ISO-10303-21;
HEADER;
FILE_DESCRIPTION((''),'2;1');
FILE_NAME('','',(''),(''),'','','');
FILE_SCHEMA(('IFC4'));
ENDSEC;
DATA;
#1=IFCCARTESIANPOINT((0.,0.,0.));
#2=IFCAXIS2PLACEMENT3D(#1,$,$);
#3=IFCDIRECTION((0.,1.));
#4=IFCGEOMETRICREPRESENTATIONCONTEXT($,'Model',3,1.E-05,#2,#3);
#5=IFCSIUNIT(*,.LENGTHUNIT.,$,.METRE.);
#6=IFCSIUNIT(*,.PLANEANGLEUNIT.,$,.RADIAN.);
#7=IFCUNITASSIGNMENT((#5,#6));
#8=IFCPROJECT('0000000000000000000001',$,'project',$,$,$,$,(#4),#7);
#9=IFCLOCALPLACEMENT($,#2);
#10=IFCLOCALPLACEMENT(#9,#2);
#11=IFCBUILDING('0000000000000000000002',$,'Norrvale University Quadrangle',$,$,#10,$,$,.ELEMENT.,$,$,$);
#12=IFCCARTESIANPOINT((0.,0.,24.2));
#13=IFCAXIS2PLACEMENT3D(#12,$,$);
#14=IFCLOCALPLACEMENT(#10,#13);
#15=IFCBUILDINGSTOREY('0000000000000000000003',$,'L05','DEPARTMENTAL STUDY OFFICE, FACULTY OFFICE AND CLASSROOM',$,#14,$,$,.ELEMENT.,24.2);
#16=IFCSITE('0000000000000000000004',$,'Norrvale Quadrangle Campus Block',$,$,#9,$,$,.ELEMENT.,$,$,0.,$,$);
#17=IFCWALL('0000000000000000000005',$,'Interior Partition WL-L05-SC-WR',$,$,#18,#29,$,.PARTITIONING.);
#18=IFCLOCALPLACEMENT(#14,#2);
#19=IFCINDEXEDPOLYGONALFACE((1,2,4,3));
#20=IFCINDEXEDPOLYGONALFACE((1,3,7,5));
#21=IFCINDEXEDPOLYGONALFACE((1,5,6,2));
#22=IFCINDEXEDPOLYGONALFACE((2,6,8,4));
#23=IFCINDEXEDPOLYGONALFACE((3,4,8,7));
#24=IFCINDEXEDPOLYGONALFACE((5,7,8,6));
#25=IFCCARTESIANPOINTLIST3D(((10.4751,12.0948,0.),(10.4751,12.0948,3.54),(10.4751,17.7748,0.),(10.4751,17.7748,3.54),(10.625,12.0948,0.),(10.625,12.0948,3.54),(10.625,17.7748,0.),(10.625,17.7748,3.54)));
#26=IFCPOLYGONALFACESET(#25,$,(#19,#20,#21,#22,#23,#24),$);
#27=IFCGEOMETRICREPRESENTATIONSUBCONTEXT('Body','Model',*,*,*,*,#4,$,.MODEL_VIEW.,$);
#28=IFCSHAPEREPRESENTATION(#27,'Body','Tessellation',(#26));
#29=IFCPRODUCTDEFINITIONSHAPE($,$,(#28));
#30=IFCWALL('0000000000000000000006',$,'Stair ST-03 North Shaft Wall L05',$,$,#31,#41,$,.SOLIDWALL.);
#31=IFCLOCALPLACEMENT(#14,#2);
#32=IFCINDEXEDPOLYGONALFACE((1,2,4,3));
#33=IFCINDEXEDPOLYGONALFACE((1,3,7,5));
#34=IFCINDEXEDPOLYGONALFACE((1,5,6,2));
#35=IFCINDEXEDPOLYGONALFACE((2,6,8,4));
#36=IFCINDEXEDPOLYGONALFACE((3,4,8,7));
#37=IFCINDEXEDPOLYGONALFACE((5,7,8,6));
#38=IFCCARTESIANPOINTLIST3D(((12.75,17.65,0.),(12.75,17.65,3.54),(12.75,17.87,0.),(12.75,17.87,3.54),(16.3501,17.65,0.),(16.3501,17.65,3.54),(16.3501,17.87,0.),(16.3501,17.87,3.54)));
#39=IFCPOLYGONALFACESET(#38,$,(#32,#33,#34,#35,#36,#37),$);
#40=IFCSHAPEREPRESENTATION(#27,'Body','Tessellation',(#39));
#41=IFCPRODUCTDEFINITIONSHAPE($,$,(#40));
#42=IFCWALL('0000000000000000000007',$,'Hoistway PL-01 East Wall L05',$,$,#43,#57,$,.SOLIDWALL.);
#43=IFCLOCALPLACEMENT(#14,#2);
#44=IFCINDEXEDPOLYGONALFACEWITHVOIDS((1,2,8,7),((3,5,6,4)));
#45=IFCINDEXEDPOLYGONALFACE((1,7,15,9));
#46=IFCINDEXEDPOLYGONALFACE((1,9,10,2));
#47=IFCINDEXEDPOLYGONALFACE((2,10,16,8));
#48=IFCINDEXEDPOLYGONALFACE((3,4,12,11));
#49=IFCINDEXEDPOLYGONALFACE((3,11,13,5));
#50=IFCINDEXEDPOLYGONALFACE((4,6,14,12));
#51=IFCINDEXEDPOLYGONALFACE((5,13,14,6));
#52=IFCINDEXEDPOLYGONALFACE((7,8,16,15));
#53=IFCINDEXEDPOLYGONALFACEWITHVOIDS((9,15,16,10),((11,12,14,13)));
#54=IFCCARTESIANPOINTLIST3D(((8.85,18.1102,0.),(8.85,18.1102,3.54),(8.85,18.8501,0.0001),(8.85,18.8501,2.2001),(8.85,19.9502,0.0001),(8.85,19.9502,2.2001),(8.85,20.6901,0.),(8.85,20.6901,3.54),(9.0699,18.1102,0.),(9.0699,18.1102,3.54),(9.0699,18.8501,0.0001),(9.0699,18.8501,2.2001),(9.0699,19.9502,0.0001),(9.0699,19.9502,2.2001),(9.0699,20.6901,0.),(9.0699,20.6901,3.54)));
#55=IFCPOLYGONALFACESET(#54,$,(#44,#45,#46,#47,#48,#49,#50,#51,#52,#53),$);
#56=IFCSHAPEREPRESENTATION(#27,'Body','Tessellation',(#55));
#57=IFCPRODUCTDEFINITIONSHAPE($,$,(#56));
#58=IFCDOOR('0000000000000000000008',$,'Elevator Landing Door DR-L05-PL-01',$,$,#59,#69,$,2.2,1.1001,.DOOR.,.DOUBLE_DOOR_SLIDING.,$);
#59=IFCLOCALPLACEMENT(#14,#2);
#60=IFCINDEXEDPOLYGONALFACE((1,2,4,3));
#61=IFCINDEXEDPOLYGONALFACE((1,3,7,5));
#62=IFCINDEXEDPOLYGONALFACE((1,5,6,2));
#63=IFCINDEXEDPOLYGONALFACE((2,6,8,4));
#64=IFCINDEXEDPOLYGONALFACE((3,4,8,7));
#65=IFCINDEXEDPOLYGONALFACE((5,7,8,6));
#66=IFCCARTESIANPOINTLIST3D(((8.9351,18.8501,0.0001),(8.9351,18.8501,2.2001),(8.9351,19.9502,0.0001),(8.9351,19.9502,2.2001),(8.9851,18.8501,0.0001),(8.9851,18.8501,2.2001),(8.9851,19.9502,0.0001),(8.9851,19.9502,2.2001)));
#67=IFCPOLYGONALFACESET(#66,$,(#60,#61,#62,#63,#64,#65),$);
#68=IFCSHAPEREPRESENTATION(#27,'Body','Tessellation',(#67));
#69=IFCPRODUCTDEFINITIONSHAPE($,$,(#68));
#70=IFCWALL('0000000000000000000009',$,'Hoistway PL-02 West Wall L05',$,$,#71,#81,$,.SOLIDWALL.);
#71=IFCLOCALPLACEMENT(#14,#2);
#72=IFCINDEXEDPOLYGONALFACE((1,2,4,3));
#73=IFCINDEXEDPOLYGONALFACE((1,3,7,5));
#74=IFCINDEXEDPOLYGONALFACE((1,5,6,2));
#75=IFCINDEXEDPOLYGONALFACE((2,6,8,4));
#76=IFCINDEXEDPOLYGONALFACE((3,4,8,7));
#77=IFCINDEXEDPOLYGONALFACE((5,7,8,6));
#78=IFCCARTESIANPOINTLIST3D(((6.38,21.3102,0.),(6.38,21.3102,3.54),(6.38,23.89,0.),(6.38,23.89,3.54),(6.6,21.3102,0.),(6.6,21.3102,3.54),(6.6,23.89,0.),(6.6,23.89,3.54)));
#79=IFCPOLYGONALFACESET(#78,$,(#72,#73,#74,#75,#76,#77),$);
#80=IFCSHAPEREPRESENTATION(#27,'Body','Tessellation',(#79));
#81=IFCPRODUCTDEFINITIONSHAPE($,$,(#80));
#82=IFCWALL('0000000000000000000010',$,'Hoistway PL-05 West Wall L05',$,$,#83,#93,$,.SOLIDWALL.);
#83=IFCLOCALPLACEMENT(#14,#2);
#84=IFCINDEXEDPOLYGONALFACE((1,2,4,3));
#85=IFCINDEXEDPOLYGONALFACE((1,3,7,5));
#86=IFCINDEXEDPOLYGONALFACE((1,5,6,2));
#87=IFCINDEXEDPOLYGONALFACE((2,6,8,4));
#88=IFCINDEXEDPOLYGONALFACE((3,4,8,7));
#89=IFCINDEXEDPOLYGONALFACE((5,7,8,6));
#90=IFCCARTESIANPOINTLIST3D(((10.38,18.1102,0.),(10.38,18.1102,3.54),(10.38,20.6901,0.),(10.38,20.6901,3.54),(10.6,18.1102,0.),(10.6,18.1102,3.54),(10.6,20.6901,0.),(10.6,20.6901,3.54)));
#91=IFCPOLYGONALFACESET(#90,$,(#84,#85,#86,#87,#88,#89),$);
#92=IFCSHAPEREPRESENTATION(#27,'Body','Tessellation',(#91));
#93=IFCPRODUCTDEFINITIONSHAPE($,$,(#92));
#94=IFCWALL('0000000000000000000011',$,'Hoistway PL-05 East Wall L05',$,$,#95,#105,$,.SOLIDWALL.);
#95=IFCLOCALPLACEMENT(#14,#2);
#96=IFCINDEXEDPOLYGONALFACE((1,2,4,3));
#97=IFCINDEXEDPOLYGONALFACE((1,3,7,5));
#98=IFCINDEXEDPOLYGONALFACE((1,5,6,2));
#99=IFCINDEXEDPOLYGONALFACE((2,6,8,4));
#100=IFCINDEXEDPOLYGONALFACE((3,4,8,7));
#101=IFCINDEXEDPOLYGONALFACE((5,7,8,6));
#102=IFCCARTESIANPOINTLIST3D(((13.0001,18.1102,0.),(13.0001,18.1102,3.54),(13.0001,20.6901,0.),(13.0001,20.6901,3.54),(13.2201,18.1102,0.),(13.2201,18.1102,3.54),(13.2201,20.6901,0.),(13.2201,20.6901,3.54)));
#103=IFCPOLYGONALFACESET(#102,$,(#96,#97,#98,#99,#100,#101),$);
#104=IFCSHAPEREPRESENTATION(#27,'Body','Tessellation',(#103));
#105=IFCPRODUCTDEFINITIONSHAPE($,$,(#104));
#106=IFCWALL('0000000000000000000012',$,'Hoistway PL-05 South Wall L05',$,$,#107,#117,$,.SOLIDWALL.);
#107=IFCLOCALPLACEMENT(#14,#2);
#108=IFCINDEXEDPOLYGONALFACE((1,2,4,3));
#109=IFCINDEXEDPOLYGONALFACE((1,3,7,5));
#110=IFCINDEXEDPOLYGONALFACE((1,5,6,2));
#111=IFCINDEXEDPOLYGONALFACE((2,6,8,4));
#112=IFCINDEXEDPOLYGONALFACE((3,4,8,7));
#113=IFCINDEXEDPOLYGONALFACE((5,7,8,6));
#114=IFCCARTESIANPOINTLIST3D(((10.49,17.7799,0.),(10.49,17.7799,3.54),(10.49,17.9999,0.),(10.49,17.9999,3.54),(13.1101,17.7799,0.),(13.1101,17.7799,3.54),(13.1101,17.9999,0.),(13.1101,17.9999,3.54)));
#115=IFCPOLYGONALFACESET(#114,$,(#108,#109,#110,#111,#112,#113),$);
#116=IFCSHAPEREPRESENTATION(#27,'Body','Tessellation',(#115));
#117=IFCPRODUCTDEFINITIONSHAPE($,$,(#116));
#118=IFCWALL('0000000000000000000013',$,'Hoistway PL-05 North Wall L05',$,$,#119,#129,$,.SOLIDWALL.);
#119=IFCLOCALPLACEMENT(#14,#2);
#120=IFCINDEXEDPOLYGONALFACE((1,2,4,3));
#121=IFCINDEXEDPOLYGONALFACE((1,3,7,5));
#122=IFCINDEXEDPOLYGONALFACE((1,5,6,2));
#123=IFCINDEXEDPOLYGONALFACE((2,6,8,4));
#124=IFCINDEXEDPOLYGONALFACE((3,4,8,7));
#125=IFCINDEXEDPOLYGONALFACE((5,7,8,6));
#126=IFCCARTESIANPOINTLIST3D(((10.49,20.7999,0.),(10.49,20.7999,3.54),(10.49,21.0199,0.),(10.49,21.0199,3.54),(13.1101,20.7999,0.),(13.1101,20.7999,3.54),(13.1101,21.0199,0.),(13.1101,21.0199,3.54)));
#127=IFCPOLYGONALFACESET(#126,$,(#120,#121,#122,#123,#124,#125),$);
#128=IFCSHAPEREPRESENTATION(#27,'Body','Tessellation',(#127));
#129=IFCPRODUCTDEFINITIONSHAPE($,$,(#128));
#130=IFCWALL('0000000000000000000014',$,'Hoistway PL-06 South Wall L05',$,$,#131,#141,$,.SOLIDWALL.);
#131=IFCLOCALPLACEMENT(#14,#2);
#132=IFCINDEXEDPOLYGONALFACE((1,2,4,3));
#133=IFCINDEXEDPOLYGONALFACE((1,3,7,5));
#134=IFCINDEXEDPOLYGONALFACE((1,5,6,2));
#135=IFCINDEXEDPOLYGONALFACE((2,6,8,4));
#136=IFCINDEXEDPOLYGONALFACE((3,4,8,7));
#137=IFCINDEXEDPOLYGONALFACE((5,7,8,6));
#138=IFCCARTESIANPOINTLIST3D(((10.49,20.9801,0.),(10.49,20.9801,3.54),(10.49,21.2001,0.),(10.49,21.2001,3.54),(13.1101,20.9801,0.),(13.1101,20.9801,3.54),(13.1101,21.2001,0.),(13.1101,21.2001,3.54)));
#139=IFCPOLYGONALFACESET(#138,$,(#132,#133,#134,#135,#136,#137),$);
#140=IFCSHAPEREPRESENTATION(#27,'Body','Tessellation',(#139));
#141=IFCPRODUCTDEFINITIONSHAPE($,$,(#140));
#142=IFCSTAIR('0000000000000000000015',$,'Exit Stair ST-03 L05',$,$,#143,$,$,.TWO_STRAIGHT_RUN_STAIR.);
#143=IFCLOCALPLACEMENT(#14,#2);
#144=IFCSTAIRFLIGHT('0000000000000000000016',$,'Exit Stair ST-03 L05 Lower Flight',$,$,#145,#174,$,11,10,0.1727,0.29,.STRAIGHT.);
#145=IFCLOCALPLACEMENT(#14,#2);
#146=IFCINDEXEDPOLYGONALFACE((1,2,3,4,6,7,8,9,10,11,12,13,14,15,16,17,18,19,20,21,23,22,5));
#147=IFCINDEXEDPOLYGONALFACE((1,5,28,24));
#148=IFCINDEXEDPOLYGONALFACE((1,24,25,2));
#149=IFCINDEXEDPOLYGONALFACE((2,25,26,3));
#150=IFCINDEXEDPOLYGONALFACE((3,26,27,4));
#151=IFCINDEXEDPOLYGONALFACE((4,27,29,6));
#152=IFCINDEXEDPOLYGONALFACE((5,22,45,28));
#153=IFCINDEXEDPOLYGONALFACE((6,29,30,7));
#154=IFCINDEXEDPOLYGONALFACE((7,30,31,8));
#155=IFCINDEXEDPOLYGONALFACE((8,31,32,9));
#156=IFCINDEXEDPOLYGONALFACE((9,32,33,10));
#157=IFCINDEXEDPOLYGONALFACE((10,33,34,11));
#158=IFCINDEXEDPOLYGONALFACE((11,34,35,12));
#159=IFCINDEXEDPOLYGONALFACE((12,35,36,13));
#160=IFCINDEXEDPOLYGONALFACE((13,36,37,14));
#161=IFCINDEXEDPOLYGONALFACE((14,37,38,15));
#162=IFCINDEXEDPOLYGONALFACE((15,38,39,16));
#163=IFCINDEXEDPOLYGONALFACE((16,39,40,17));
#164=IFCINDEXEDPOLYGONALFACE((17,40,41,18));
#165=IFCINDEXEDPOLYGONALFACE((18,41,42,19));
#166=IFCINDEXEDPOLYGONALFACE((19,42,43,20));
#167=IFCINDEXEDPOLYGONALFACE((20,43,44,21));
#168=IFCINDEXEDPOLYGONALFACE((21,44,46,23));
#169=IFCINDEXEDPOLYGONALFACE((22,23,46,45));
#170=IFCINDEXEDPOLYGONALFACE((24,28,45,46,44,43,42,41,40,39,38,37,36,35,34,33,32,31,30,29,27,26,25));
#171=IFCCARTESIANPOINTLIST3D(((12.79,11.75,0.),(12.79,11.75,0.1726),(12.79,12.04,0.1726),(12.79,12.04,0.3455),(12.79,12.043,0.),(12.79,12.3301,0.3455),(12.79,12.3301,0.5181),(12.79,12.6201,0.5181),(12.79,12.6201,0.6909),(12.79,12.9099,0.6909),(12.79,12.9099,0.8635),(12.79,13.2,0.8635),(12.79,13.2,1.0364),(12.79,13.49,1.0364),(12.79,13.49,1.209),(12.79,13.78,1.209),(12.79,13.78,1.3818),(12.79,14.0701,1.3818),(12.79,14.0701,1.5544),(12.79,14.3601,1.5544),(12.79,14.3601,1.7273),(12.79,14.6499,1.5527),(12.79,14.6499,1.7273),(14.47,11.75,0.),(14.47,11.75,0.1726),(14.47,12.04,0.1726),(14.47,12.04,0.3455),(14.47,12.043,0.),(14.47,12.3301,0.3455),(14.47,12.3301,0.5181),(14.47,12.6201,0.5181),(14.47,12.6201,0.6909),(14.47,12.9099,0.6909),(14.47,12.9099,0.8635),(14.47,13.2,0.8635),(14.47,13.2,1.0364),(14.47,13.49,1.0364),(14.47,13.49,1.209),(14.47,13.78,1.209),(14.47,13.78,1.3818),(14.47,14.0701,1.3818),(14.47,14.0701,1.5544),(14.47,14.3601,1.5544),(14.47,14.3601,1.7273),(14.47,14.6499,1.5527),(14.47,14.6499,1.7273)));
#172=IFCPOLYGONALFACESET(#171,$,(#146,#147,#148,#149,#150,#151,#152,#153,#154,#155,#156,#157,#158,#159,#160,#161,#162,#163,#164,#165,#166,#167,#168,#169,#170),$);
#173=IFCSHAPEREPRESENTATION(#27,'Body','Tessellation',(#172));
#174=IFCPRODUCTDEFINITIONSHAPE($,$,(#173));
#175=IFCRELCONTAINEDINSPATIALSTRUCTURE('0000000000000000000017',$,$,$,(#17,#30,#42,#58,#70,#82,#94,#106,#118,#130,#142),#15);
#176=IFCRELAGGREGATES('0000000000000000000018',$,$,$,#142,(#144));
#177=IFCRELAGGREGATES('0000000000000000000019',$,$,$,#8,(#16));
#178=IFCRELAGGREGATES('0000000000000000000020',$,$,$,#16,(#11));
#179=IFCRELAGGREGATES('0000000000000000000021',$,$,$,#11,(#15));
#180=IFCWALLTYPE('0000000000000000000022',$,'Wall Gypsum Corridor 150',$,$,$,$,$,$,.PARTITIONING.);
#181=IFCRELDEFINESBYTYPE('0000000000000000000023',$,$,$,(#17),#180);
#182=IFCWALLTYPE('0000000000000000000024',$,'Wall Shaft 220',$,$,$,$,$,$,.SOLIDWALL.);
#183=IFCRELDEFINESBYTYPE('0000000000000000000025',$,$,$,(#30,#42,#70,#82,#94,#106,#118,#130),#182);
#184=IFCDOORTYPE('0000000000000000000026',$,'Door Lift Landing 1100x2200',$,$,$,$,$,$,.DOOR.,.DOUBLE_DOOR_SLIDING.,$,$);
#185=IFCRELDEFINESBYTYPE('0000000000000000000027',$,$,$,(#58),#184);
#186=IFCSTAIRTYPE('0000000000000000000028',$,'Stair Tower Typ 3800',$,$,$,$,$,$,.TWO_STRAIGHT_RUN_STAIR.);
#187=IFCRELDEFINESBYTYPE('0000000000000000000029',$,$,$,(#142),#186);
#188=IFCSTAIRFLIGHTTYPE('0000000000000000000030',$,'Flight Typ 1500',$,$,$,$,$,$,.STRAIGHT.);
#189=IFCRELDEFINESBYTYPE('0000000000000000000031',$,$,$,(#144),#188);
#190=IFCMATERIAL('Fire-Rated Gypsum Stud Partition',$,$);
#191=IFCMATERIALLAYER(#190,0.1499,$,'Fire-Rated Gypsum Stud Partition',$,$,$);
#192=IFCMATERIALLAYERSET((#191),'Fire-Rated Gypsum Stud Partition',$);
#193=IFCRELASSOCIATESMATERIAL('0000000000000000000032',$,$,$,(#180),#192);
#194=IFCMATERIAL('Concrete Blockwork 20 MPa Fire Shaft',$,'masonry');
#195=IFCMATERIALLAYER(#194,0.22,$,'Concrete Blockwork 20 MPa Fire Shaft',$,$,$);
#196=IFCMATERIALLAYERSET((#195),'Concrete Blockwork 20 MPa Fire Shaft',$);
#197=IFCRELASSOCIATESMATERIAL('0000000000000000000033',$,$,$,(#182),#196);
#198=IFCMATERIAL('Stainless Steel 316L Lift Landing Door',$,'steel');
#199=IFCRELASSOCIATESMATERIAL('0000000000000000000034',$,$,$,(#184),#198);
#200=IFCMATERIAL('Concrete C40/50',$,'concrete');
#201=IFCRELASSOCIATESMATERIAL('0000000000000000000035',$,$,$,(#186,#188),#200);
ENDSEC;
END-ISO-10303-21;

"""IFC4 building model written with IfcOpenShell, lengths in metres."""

from ifc_helpers import new_model, si_unit, direction, frame, frame_2d, origin, place, context, subcontext, project, spatial, polyline, rectangle, outline, extrude, material, layer, layer_set, type_object, element, fill, aggregate, save


model = new_model("IFC4")

# Units and contexts
model_context = context("Model", 3, precision=1e-05, world=origin(), true_north=direction((0.0, 1.0)))
body_context = subcontext(model_context, "Body", "Model", "MODEL_VIEW")
ifc_project = project(units=[si_unit("LENGTHUNIT", "METRE"), si_unit("PLANEANGLEUNIT", "RADIAN")], contexts=[model_context])

# Site, building, storey
site_placement = place(None, origin())
site = spatial("IfcSite", under=ifc_project, at=site_placement, Name="Norrvale Quadrangle Campus Block", CompositionType="ELEMENT", RefElevation=0.0)
building_placement = place(site_placement, origin())
building = spatial("IfcBuilding", under=site, at=building_placement, Name="Norrvale University Quadrangle", CompositionType="ELEMENT")
storey_placement = place(building_placement, frame((0.0, 0.0, 24.2)))
storey = spatial("IfcBuildingStorey", under=building, at=storey_placement, Name="L05", Description="DEPARTMENTAL STUDY OFFICE, FACULTY OFFICE AND CLASSROOM", CompositionType="ELEMENT", Elevation=24.2)

# Shared definitions
ifc_material_1 = material(Name="Fire-Rated Gypsum Stud Partition")
ifc_layer_1 = layer(ifc_material_1, 0.1499, Name="Fire-Rated Gypsum Stud Partition")
ifc_layer_set_1 = layer_set([ifc_layer_1], Name="Fire-Rated Gypsum Stud Partition")
wall_type_1 = type_object("IfcWallType", Name="Wall Gypsum Corridor 150", PredefinedType="PARTITIONING", material=ifc_layer_set_1)

# Walls
for number, where, z_axis, x_axis, name in (
    (1, (10.55, 12.095, 0.0), (0.0, 0.0, 1.0), (0.0, 1.0, 0.0), "Interior Partition WL-L05-SC-WR"),
):
    element("IfcWall", number, at=place(storey_placement, frame(where, z_axis=z_axis, x_axis=x_axis)), inside=storey, type_object=wall_type_1, Name=name, PredefinedType="PARTITIONING", context=body_context, shape_type="SweptSolid", body=[
        extrude(rectangle(XDim=5.6799, YDim=0.1499, at=frame_2d((2.8398, 0.0))), origin(), (0.0, 0.0, 1.0), 3.54),
    ])
ifc_material_2 = material(Name="Concrete Blockwork 20 MPa Fire Shaft", Category="masonry")
ifc_layer_2 = layer(ifc_material_2, 0.22, Name="Concrete Blockwork 20 MPa Fire Shaft")
ifc_layer_set_2 = layer_set([ifc_layer_2], Name="Concrete Blockwork 20 MPa Fire Shaft")
wall_type_2 = type_object("IfcWallType", Name="Wall Shaft 220", PredefinedType="SOLIDWALL", material=ifc_layer_set_2)
wall_1_placement = place(storey_placement, frame((12.75, 17.76, 0.0), z_axis=(0.0, 0.0, 1.0), x_axis=(1.0, 0.0, 0.0)))
element("IfcWall", 2, at=wall_1_placement, inside=storey, type_object=wall_type_2, Name="Stair ST-03 North Shaft Wall L05", PredefinedType="SOLIDWALL", context=body_context, shape_type="SweptSolid", body=[
    extrude(rectangle(XDim=3.6001, YDim=0.22, at=frame_2d((1.8, 0.0))), origin(), (0.0, 0.0, 1.0), 3.54),
])

# Wall, opening, door
wall_2_placement = place(storey_placement, frame((8.96, 18.1101, 0.0), z_axis=(0.0, 0.0, 1.0), x_axis=(0.0, 1.0, 0.0)))
wall_2 = element("IfcWall", 3, at=wall_2_placement, inside=storey, type_object=wall_type_2, Name="Hoistway PL-01 East Wall L05", PredefinedType="SOLIDWALL", context=body_context, shape_type="SweptSolid", body=[
    extrude(rectangle(XDim=2.5798, YDim=0.22, at=frame_2d((1.29, 0.0))), origin(), (0.0, 0.0, 1.0), 3.54),
])
opening_1_placement = place(wall_2_placement, frame((0.74, 0.0, 0.0)))
opening_1 = element("IfcOpeningElement", 4, at=opening_1_placement, cuts=wall_2, PredefinedType="OPENING", context=body_context, shape_type="SweptSolid", body=[
    extrude(rectangle(XDim=1.1001, YDim=2.2, at=frame_2d((0.55, 1.1001))), frame((0.0, 0.1221, 0.0), z_axis=(0.0, -1.0, 0.0), x_axis=(1.0, 0.0, 0.0)), (0.0, 0.0, 1.0), 0.2439),
])
ifc_material_3 = material(Name="Stainless Steel 316L Lift Landing Door", Category="steel")
door_type_1 = type_object("IfcDoorType", Name="Door Lift Landing 1100x2200", OperationType="DOUBLE_DOOR_SLIDING", PredefinedType="DOOR", material=ifc_material_3)
door_1_placement = place(opening_1_placement, origin())
door_1 = element("IfcDoor", 5, at=door_1_placement, inside=storey, type_object=door_type_1, Name="Elevator Landing Door DR-L05-PL-01", OperationType="DOUBLE_DOOR_SLIDING", OverallHeight=2.2, OverallWidth=1.1001, PredefinedType="DOOR", context=body_context, shape_type="SweptSolid", body=[
    extrude(rectangle(XDim=1.1001, YDim=2.2, at=frame_2d((0.55, 1.1001))), frame((0.0, 0.0249, 0.0), z_axis=(0.0, -1.0, 0.0), x_axis=(1.0, 0.0, 0.0)), (0.0, 0.0, 1.0), 0.05),
])
fill(opening_1, door_1)

# Walls
for number, where, z_axis, x_axis, name in (
    (6, (6.49, 21.3101, 0.0), (0.0, 0.0, 1.0), (0.0, 1.0, 0.0), "Hoistway PL-02 West Wall L05"),
    (7, (10.49, 18.1101, 0.0), (0.0, 0.0, 1.0), (0.0, 1.0, 0.0), "Hoistway PL-05 West Wall L05"),
    (8, (13.1101, 18.1101, 0.0), (0.0, 0.0, 1.0), (0.0, 1.0, 0.0), "Hoistway PL-05 East Wall L05"),
):
    element("IfcWall", number, at=place(storey_placement, frame(where, z_axis=z_axis, x_axis=x_axis)), inside=storey, type_object=wall_type_2, Name=name, PredefinedType="SOLIDWALL", context=body_context, shape_type="SweptSolid", body=[
        extrude(rectangle(XDim=2.5798, YDim=0.22, at=frame_2d((1.29, 0.0))), origin(), (0.0, 0.0, 1.0), 3.54),
    ])
for number, where, z_axis, x_axis, name in (
    (9, (10.49, 17.8899, 0.0), (0.0, 0.0, 1.0), (1.0, 0.0, 0.0), "Hoistway PL-05 South Wall L05"),
    (10, (10.49, 20.9099, 0.0), (0.0, 0.0, 1.0), (1.0, 0.0, 0.0), "Hoistway PL-05 North Wall L05"),
    (11, (10.49, 21.0901, 0.0), (0.0, 0.0, 1.0), (1.0, 0.0, 0.0), "Hoistway PL-06 South Wall L05"),
):
    element("IfcWall", number, at=place(storey_placement, frame(where, z_axis=z_axis, x_axis=x_axis)), inside=storey, type_object=wall_type_2, Name=name, PredefinedType="SOLIDWALL", context=body_context, shape_type="SweptSolid", body=[
        extrude(rectangle(XDim=2.6201, YDim=0.22, at=frame_2d((1.3101, 0.0))), origin(), (0.0, 0.0, 1.0), 3.54),
    ])

# Stair, stair flight
ifc_material_4 = material(Name="Concrete C40/50", Category="concrete")
stair_type = type_object("IfcStairType", Name="Stair Tower Typ 3800", PredefinedType="TWO_STRAIGHT_RUN_STAIR", material=ifc_material_4)
stair_placement = place(storey_placement, origin())
stair = element("IfcStair", 12, at=stair_placement, inside=storey, type_object=stair_type, Name="Exit Stair ST-03 L05", PredefinedType="TWO_STRAIGHT_RUN_STAIR")
stair_flight_type = type_object("IfcStairFlightType", Name="Flight Typ 1500", PredefinedType="STRAIGHT", material=ifc_material_4)
stair_flight_1_placement = place(storey_placement, frame((13.6299, 11.75, 0.0), z_axis=(0.0, 0.0, 1.0), x_axis=(0.0, 1.0, 0.0)))
stair_flight_1 = element("IfcStairFlight", 13, at=stair_flight_1_placement, type_object=stair_flight_type, Name="Exit Stair ST-03 L05 Lower Flight", NumberOfRisers=11, NumberOfTreads=10, PredefinedType="STRAIGHT", RiserHeight=0.1727, TreadLength=0.29, context=body_context, shape_type="SweptSolid", body=[
    extrude(outline(polyline([(0.0, 0.0), (0.0, 0.1726), (0.29, 0.1726), (0.29, 0.3455), (0.5801, 0.3455), (0.5801, 0.5181), (0.8701, 0.5181), (0.8701, 0.6909), (1.1599, 0.6909), (1.1599, 0.8635), (1.45, 0.8635), (1.45, 1.0364), (1.74, 1.0364), (1.74, 1.209), (2.03, 1.209), (2.03, 1.3818), (2.3201, 1.3818), (2.3201, 1.5544), (2.6101, 1.5544), (2.6101, 1.7273), (2.8999, 1.7273), (2.8999, 1.8999), (2.8999, 1.5527), (0.293, 0.0), (0.0, 0.0)])), frame((0.0, 0.8398, 0.0), z_axis=(0.0, -1.0, 0.0), x_axis=(1.0, 0.0, 0.0)), (0.0, 0.0, 1.0), 1.6799),
])
aggregate(stair, [stair_flight_1])

save(model, "model.ifc")
